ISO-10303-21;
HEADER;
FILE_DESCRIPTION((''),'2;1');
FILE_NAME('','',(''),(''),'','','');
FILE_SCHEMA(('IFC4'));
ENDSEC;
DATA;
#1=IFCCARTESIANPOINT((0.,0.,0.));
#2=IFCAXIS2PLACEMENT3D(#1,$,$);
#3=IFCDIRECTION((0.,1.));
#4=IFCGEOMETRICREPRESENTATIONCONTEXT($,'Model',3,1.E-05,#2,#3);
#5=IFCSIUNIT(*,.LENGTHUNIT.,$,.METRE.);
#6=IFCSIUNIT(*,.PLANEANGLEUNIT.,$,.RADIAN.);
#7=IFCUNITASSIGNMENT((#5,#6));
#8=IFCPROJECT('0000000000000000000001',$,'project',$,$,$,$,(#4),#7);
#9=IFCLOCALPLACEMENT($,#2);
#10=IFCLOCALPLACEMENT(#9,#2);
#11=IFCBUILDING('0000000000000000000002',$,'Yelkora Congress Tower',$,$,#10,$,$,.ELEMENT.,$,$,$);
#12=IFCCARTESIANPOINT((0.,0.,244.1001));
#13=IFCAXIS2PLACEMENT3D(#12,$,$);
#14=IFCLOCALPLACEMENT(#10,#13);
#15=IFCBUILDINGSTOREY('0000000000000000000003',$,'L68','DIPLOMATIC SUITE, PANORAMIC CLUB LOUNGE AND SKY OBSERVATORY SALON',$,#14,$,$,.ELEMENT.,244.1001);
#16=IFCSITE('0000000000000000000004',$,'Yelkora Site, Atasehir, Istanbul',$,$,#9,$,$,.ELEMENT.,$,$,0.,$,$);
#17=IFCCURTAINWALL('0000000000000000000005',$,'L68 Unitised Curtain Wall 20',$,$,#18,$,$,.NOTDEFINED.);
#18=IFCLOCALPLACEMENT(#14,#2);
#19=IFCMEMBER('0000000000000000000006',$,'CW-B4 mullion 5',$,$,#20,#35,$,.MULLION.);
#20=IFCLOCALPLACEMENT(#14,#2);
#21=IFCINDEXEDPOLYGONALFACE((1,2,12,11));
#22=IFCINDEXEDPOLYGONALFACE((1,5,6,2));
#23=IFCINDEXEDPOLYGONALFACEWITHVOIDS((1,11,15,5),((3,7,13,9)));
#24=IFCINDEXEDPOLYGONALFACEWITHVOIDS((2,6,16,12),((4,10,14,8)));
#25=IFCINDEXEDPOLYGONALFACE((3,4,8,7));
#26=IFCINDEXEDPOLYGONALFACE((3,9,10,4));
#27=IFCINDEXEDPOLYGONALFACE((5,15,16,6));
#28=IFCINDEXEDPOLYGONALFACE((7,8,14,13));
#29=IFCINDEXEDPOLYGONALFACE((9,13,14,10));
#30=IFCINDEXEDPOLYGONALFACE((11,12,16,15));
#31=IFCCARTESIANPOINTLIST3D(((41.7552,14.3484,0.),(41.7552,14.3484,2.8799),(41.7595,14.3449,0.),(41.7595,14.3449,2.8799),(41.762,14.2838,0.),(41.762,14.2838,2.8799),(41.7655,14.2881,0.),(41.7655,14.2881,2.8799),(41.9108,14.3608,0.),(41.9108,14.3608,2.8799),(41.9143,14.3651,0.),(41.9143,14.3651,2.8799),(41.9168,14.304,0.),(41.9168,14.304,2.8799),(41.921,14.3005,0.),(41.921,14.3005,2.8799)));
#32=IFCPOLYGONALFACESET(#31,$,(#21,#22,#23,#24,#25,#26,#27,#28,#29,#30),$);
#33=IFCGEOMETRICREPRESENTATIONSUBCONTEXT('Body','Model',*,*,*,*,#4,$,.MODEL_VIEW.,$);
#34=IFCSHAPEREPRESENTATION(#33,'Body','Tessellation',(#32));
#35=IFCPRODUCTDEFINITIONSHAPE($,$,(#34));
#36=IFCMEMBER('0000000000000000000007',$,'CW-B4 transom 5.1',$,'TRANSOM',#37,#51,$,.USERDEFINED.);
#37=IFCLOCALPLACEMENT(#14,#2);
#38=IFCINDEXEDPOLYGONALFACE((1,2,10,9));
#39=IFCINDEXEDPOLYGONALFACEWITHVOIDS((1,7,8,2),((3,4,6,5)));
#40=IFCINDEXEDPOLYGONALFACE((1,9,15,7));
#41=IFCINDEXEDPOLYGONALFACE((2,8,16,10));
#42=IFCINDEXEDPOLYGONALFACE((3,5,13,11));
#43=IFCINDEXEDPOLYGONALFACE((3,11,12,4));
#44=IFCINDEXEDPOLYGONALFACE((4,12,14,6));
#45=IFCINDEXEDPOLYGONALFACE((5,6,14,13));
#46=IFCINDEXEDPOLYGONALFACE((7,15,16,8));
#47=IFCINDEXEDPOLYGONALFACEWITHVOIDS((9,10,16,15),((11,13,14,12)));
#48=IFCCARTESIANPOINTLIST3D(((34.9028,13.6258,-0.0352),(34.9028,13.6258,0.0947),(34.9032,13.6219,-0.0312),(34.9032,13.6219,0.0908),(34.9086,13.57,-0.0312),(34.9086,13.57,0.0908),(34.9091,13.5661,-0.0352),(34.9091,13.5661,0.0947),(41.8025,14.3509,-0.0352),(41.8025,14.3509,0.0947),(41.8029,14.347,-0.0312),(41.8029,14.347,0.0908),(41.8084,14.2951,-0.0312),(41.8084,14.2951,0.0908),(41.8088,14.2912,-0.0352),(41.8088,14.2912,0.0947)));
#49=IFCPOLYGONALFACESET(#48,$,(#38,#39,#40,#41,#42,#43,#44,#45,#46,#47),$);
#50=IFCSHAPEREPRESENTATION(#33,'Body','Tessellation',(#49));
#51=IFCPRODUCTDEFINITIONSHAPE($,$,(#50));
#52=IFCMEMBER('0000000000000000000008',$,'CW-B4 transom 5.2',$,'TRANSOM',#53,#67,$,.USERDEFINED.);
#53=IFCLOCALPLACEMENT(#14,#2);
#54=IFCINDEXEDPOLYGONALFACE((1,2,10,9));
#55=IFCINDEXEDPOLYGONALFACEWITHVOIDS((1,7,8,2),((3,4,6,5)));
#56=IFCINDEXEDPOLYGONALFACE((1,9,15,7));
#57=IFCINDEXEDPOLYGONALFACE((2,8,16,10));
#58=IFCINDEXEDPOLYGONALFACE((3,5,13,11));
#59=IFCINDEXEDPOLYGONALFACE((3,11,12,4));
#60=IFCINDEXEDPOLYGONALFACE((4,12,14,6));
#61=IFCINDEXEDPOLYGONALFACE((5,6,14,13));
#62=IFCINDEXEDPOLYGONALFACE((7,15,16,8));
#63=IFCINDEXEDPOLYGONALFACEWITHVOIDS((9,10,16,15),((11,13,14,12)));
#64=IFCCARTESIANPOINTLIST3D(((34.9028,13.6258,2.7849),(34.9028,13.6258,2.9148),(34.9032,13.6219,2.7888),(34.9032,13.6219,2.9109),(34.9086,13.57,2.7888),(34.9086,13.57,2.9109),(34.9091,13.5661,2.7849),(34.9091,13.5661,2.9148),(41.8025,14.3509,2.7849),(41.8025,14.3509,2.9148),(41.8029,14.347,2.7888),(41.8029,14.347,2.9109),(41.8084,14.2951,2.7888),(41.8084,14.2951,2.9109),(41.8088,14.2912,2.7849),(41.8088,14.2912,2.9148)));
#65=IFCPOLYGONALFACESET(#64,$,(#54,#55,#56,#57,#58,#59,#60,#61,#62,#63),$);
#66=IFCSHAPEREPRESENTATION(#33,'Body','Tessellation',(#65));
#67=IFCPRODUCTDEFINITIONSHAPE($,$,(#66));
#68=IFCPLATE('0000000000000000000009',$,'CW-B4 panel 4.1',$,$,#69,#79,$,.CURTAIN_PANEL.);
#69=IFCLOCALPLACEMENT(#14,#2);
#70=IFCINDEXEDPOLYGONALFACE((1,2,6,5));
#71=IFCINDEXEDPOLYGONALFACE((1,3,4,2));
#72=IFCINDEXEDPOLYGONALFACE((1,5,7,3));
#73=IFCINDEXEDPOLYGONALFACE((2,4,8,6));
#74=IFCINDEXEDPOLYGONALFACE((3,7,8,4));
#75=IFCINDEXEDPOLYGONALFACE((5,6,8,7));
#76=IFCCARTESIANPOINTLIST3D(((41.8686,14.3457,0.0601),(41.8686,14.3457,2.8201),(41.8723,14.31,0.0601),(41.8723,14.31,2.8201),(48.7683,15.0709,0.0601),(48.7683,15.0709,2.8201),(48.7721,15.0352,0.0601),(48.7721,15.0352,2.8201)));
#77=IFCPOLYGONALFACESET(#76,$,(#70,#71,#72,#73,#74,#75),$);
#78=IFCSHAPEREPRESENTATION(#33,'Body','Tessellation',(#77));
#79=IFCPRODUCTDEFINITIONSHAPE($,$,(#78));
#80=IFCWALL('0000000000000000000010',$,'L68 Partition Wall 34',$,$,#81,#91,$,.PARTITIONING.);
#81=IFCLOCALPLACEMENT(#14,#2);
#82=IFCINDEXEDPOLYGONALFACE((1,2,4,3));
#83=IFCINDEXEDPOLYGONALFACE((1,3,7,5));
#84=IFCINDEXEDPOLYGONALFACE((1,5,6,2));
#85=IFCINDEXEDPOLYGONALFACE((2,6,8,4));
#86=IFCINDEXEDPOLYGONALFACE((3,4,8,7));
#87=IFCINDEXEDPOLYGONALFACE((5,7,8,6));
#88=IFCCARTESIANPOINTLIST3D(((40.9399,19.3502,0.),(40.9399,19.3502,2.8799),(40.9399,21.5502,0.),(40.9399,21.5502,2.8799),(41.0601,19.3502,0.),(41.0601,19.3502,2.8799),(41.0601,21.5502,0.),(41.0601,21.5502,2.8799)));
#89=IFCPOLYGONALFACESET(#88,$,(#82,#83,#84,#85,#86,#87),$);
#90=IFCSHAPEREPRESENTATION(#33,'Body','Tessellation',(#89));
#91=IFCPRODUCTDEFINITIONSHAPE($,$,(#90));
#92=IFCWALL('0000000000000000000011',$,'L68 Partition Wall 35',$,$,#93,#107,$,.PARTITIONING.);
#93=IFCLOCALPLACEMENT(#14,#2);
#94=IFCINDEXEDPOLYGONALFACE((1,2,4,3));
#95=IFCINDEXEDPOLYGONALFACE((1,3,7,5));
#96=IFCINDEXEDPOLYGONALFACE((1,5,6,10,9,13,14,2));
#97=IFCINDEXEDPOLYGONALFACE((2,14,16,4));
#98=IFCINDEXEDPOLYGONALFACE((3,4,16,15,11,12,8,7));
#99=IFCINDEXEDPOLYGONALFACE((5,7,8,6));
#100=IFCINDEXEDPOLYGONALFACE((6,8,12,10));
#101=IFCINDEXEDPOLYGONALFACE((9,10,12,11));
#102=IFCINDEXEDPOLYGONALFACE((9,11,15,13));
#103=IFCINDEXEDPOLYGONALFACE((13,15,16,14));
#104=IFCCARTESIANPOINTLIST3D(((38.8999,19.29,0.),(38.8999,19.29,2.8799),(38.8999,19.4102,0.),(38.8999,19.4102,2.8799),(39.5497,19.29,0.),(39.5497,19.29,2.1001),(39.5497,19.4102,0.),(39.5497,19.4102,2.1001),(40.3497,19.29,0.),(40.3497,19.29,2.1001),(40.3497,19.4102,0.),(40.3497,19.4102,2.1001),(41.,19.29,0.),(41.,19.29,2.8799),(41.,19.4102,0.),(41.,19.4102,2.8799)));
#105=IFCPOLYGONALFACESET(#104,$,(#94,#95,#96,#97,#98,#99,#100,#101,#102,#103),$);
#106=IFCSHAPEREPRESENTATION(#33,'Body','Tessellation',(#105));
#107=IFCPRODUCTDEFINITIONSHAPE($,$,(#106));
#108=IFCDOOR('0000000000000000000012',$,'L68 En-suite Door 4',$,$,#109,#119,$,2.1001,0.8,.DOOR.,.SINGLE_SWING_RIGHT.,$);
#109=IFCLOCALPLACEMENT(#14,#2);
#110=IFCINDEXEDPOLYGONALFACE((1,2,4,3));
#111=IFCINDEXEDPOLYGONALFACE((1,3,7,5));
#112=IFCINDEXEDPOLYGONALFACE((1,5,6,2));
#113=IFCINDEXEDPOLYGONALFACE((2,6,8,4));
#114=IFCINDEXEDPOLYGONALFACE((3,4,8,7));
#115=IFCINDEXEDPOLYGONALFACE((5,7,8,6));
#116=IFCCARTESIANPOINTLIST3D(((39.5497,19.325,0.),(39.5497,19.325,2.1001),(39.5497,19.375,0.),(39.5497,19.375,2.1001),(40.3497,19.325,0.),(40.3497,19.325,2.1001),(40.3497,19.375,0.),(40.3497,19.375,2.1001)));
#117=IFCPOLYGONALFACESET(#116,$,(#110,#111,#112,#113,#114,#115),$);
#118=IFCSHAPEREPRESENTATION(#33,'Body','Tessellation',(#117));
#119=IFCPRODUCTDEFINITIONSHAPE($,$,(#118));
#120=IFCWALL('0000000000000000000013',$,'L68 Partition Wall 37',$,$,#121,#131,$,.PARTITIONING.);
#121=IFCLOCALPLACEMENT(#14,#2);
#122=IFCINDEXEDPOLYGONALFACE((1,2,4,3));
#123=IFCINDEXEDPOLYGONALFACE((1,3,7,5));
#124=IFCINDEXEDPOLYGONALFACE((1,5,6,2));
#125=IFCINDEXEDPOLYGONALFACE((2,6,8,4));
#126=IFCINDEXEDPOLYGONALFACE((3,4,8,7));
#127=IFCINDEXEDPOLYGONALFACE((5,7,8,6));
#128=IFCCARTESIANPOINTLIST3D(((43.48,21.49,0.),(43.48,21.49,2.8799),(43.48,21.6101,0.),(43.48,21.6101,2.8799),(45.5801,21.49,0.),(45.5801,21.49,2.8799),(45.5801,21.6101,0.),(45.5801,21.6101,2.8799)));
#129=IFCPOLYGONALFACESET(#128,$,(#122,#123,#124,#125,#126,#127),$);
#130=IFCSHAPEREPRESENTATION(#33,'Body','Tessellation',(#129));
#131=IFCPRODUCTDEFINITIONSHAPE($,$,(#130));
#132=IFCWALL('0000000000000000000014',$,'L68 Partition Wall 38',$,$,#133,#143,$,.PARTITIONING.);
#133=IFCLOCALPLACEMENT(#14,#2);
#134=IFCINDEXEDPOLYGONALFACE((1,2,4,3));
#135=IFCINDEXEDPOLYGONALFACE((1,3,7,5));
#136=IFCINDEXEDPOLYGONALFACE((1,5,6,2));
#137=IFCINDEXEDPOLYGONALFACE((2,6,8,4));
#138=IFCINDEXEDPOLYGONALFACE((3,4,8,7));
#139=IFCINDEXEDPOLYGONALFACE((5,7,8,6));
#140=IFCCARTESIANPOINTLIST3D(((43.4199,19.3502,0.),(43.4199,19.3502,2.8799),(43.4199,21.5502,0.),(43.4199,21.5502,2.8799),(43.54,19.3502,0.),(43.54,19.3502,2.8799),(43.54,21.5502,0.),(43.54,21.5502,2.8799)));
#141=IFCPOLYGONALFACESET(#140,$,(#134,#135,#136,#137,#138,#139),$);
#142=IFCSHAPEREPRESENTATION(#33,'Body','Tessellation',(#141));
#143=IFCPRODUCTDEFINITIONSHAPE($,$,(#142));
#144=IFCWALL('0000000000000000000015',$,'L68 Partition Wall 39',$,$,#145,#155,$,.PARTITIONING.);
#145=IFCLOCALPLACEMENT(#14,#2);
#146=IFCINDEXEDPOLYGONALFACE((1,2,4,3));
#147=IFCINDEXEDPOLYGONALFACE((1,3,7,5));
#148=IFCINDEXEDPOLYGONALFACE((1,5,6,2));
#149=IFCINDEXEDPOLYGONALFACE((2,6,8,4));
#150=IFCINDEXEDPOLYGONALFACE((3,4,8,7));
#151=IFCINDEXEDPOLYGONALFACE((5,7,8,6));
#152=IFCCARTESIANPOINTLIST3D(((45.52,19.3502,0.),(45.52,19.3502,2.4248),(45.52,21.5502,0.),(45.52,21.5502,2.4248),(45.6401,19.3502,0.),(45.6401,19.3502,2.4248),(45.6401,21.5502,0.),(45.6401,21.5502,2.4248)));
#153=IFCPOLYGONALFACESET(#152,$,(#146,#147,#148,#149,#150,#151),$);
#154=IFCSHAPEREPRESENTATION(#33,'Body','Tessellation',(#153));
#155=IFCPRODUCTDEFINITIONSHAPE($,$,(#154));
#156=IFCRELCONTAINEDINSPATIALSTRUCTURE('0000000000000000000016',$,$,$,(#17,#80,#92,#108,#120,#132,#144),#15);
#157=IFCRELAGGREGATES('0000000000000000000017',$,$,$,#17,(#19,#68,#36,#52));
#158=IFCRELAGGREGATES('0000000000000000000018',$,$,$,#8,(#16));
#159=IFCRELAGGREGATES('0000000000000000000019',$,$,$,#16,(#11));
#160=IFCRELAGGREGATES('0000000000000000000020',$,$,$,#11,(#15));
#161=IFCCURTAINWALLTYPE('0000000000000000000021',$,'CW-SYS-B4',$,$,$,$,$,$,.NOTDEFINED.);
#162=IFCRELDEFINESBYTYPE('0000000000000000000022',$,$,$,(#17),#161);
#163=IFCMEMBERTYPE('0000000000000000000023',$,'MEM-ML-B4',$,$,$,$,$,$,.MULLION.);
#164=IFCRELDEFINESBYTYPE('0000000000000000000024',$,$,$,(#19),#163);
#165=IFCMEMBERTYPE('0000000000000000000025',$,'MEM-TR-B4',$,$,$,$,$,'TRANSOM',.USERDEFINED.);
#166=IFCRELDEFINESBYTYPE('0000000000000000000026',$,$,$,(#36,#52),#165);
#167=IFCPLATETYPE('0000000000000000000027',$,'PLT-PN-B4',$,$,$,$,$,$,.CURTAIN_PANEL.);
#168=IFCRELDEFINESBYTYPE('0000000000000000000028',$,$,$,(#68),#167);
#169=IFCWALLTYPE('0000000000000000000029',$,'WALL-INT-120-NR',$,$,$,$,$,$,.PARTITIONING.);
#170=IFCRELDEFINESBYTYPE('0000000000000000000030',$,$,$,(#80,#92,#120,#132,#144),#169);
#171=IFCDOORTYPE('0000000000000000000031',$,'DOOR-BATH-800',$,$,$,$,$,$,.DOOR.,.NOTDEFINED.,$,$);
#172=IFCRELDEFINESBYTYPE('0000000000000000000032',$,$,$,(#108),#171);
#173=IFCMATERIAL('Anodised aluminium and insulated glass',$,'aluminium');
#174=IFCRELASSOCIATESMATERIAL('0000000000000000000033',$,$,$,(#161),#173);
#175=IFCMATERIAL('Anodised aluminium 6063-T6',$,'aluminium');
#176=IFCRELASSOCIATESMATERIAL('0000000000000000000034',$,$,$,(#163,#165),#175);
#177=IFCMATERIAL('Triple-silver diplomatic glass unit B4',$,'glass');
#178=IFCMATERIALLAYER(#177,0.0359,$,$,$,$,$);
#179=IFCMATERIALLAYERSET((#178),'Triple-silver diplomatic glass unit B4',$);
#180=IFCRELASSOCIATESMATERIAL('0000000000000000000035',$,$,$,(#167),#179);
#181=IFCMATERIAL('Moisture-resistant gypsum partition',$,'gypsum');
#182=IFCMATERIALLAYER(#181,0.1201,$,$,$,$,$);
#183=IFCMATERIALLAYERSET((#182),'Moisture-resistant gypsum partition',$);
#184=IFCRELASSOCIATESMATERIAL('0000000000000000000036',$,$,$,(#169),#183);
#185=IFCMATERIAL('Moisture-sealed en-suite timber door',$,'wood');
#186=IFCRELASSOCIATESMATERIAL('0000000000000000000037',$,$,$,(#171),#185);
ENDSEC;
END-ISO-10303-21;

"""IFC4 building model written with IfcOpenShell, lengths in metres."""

from ifc_helpers import new_model, si_unit, direction, frame, frame_2d, origin, origin_2d, place, context, subcontext, project, spatial, rectangle, hollow_rectangle, extrude, material, layer, layer_set, material_profile, profile_set, type_object, element, fill, aggregate, save


model = new_model("IFC4")

# Units and contexts
model_context = context("Model", 3, precision=1e-05, world=origin(), true_north=direction((0.0, 1.0)))
body_context = subcontext(model_context, "Body", "Model", "MODEL_VIEW")
ifc_project = project(units=[si_unit("LENGTHUNIT", "METRE"), si_unit("PLANEANGLEUNIT", "RADIAN")], contexts=[model_context])

# Site, building, storey
site_placement = place(None, origin())
site = spatial("IfcSite", under=ifc_project, at=site_placement, Name="Yelkora Site, Atasehir, Istanbul", CompositionType="ELEMENT", RefElevation=0.0)
building_placement = place(site_placement, origin())
building = spatial("IfcBuilding", under=site, at=building_placement, Name="Yelkora Congress Tower", CompositionType="ELEMENT")
storey_placement = place(building_placement, frame((0.0, 0.0, 244.1001)))
storey = spatial("IfcBuildingStorey", under=building, at=storey_placement, Name="L68", Description="DIPLOMATIC SUITE, PANORAMIC CLUB LOUNGE AND SKY OBSERVATORY SALON", CompositionType="ELEMENT", Elevation=244.1001)

# Curtain wall, members, plate
ifc_material_1 = material(Name="Anodised aluminium and insulated glass", Category="aluminium")
curtain_wall_type = type_object("IfcCurtainWallType", Name="CW-SYS-B4", PredefinedType="NOTDEFINED", material=ifc_material_1)
curtain_wall_placement = place(storey_placement, origin())
curtain_wall = element("IfcCurtainWall", 1, at=curtain_wall_placement, inside=storey, type_object=curtain_wall_type, Name="L68 Unitised Curtain Wall 20", PredefinedType="NOTDEFINED")
ifc_material_2 = material(Name="Anodised aluminium 6063-T6", Category="aluminium")
ifc_material_profile_1 = material_profile(ifc_material_2, hollow_rectangle(XDim=0.0649, YDim=0.1599, WallThickness=0.0039, at=origin_2d()), Name="ALU 65x160x4")
ifc_profile_set_1 = profile_set([ifc_material_profile_1], Name="Anodised aluminium 6063-T6")
member_type_1 = type_object("IfcMemberType", Name="MEM-ML-B4", PredefinedType="MULLION", material=ifc_profile_set_1)
member_1_placement = place(storey_placement, frame((41.8381, 14.3245, 0.0), z_axis=(0.0, 0.0, 1.0), x_axis=(0.104527, -0.994522, 0.0)))
member_1 = element("IfcMember", 2, at=member_1_placement, type_object=member_type_1, Name="CW-B4 mullion 5", PredefinedType="MULLION", context=body_context, shape_type="SweptSolid", body=[
    extrude(hollow_rectangle(XDim=0.0649, YDim=0.1599, WallThickness=0.0039, at=origin_2d()), origin(), (0.0, 0.0, 1.0), 2.8799),
])
ifc_material_profile_2 = material_profile(ifc_material_2, hollow_rectangle(XDim=0.0601, YDim=0.1299, WallThickness=0.0039, at=origin_2d()), Name="ALU 60x130x4")
ifc_profile_set_2 = profile_set([ifc_material_profile_2], Name="Anodised aluminium 6063-T6")
member_type_2 = type_object("IfcMemberType", Name="MEM-TR-B4", ElementType="TRANSOM", PredefinedType="USERDEFINED", material=ifc_profile_set_2)
member_2_placement = place(storey_placement, frame((41.8057, 14.321, 0.0298), z_axis=(-0.994523, -0.104516, 0.0), x_axis=(0.104516, -0.994523, 0.0)))
member_2 = element("IfcMember", 3, at=member_2_placement, type_object=member_type_2, Name="CW-B4 transom 5.1", ObjectType="TRANSOM", PredefinedType="USERDEFINED", context=body_context, shape_type="SweptSolid", body=[
    extrude(hollow_rectangle(XDim=0.0601, YDim=0.1299, WallThickness=0.0039, at=origin_2d()), origin(), (0.0, 0.0, 1.0), 6.9377),
])
member_3_placement = place(storey_placement, frame((41.8057, 14.321, 2.8499), z_axis=(-0.994523, -0.104516, 0.0), x_axis=(0.104516, -0.994523, 0.0)))
member_3 = element("IfcMember", 4, at=member_3_placement, type_object=member_type_2, Name="CW-B4 transom 5.2", ObjectType="TRANSOM", PredefinedType="USERDEFINED", context=body_context, shape_type="SweptSolid", body=[
    extrude(hollow_rectangle(XDim=0.0601, YDim=0.1299, WallThickness=0.0039, at=origin_2d()), origin(), (0.0, 0.0, 1.0), 6.9377),
])
ifc_material_3 = material(Name="Triple-silver diplomatic glass unit B4", Category="glass")
ifc_layer_1 = layer(ifc_material_3, 0.0359)
ifc_layer_set_1 = layer_set([ifc_layer_1], Name="Triple-silver diplomatic glass unit B4")
plate_type = type_object("IfcPlateType", Name="PLT-PN-B4", PredefinedType="CURTAIN_PANEL", material=ifc_layer_set_1)
plate_placement = place(storey_placement, frame((45.3203, 14.6904, 0.0601), z_axis=(0.0, 0.0, 1.0), x_axis=(-0.994522, -0.104527, 0.0)))
plate = element("IfcPlate", 5, at=plate_placement, type_object=plate_type, Name="CW-B4 panel 4.1", PredefinedType="CURTAIN_PANEL", context=body_context, shape_type="SweptSolid", body=[
    extrude(rectangle(XDim=6.9377, YDim=0.0359, at=origin_2d()), origin(), (0.0, 0.0, 1.0), 2.76),
])
aggregate(curtain_wall, [member_1, plate, member_2, member_3])

# Wall
ifc_material_4 = material(Name="Moisture-resistant gypsum partition", Category="gypsum")
ifc_layer_2 = layer(ifc_material_4, 0.1201)
ifc_layer_set_2 = layer_set([ifc_layer_2], Name="Moisture-resistant gypsum partition")
wall_type_1 = type_object("IfcWallType", Name="WALL-INT-120-NR", PredefinedType="PARTITIONING", material=ifc_layer_set_2)
wall_1_placement = place(storey_placement, frame((41.0, 19.3501, 0.0), z_axis=(0.0, 0.0, 1.0), x_axis=(0.0, 1.0, 0.0)))
element("IfcWall", 6, at=wall_1_placement, inside=storey, type_object=wall_type_1, Name="L68 Partition Wall 34", PredefinedType="PARTITIONING", context=body_context, shape_type="SweptSolid", body=[
    extrude(rectangle(XDim=2.2, YDim=0.1201, at=frame_2d((1.1001, 0.0))), origin(), (0.0, 0.0, 1.0), 2.8799),
])

# Wall, opening, door
wall_2_placement = place(storey_placement, frame((38.8999, 19.3501, 0.0), z_axis=(0.0, 0.0, 1.0), x_axis=(1.0, 0.0, 0.0)))
wall_2 = element("IfcWall", 7, at=wall_2_placement, inside=storey, type_object=wall_type_1, Name="L68 Partition Wall 35", PredefinedType="PARTITIONING", context=body_context, shape_type="SweptSolid", body=[
    extrude(rectangle(XDim=2.1001, YDim=0.1201, at=frame_2d((1.05, 0.0))), origin(), (0.0, 0.0, 1.0), 2.8799),
])
opening_1_placement = place(wall_2_placement, frame((0.6499, 0.0, 0.0)))
opening_1 = element("IfcOpeningElement", 8, at=opening_1_placement, cuts=wall_2, PredefinedType="OPENING", context=body_context, shape_type="SweptSolid", body=[
    extrude(rectangle(XDim=0.8, YDim=2.1001, at=frame_2d((0.3999, 1.05))), frame((0.0, 0.0701, 0.0), z_axis=(0.0, -1.0, 0.0), x_axis=(1.0, 0.0, 0.0)), (0.0, 0.0, 1.0), 0.1401),
])
ifc_material_5 = material(Name="Moisture-sealed en-suite timber door", Category="wood")
door_type = type_object("IfcDoorType", Name="DOOR-BATH-800", OperationType="NOTDEFINED", PredefinedType="DOOR", material=ifc_material_5)
door_1_placement = place(opening_1_placement, origin())
door_1 = element("IfcDoor", 9, at=door_1_placement, inside=storey, type_object=door_type, Name="L68 En-suite Door 4", OperationType="SINGLE_SWING_RIGHT", OverallHeight=2.1001, OverallWidth=0.8, PredefinedType="DOOR", context=body_context, shape_type="SweptSolid", body=[
    extrude(rectangle(XDim=0.8, YDim=2.1001, at=frame_2d((0.3999, 1.05))), frame((0.0, 0.0249, 0.0), z_axis=(0.0, -1.0, 0.0), x_axis=(1.0, 0.0, 0.0)), (0.0, 0.0, 1.0), 0.05),
])
fill(opening_1, door_1)

# Walls
wall_3_placement = place(storey_placement, frame((43.48, 21.55, 0.0), z_axis=(0.0, 0.0, 1.0), x_axis=(1.0, 0.0, 0.0)))
element("IfcWall", 10, at=wall_3_placement, inside=storey, type_object=wall_type_1, Name="L68 Partition Wall 37", PredefinedType="PARTITIONING", context=body_context, shape_type="SweptSolid", body=[
    extrude(rectangle(XDim=2.1001, YDim=0.1201, at=frame_2d((1.05, 0.0))), origin(), (0.0, 0.0, 1.0), 2.8799),
])
wall_4_placement = place(storey_placement, frame((43.48, 19.3501, 0.0), z_axis=(0.0, 0.0, 1.0), x_axis=(0.0, 1.0, 0.0)))
element("IfcWall", 11, at=wall_4_placement, inside=storey, type_object=wall_type_1, Name="L68 Partition Wall 38", PredefinedType="PARTITIONING", context=body_context, shape_type="SweptSolid", body=[
    extrude(rectangle(XDim=2.2, YDim=0.1201, at=frame_2d((1.1001, 0.0))), origin(), (0.0, 0.0, 1.0), 2.8799),
])
wall_5_placement = place(storey_placement, frame((45.5801, 19.3501, 0.0), z_axis=(0.0, 0.0, 1.0), x_axis=(0.0, 1.0, 0.0)))
element("IfcWall", 12, at=wall_5_placement, inside=storey, type_object=wall_type_1, Name="L68 Partition Wall 39", PredefinedType="PARTITIONING", context=body_context, shape_type="SweptSolid", body=[
    extrude(rectangle(XDim=2.2, YDim=0.1201, at=frame_2d((1.1001, 0.0))), origin(), (0.0, 0.0, 1.0), 2.4248),
])

save(model, "model.ifc")
